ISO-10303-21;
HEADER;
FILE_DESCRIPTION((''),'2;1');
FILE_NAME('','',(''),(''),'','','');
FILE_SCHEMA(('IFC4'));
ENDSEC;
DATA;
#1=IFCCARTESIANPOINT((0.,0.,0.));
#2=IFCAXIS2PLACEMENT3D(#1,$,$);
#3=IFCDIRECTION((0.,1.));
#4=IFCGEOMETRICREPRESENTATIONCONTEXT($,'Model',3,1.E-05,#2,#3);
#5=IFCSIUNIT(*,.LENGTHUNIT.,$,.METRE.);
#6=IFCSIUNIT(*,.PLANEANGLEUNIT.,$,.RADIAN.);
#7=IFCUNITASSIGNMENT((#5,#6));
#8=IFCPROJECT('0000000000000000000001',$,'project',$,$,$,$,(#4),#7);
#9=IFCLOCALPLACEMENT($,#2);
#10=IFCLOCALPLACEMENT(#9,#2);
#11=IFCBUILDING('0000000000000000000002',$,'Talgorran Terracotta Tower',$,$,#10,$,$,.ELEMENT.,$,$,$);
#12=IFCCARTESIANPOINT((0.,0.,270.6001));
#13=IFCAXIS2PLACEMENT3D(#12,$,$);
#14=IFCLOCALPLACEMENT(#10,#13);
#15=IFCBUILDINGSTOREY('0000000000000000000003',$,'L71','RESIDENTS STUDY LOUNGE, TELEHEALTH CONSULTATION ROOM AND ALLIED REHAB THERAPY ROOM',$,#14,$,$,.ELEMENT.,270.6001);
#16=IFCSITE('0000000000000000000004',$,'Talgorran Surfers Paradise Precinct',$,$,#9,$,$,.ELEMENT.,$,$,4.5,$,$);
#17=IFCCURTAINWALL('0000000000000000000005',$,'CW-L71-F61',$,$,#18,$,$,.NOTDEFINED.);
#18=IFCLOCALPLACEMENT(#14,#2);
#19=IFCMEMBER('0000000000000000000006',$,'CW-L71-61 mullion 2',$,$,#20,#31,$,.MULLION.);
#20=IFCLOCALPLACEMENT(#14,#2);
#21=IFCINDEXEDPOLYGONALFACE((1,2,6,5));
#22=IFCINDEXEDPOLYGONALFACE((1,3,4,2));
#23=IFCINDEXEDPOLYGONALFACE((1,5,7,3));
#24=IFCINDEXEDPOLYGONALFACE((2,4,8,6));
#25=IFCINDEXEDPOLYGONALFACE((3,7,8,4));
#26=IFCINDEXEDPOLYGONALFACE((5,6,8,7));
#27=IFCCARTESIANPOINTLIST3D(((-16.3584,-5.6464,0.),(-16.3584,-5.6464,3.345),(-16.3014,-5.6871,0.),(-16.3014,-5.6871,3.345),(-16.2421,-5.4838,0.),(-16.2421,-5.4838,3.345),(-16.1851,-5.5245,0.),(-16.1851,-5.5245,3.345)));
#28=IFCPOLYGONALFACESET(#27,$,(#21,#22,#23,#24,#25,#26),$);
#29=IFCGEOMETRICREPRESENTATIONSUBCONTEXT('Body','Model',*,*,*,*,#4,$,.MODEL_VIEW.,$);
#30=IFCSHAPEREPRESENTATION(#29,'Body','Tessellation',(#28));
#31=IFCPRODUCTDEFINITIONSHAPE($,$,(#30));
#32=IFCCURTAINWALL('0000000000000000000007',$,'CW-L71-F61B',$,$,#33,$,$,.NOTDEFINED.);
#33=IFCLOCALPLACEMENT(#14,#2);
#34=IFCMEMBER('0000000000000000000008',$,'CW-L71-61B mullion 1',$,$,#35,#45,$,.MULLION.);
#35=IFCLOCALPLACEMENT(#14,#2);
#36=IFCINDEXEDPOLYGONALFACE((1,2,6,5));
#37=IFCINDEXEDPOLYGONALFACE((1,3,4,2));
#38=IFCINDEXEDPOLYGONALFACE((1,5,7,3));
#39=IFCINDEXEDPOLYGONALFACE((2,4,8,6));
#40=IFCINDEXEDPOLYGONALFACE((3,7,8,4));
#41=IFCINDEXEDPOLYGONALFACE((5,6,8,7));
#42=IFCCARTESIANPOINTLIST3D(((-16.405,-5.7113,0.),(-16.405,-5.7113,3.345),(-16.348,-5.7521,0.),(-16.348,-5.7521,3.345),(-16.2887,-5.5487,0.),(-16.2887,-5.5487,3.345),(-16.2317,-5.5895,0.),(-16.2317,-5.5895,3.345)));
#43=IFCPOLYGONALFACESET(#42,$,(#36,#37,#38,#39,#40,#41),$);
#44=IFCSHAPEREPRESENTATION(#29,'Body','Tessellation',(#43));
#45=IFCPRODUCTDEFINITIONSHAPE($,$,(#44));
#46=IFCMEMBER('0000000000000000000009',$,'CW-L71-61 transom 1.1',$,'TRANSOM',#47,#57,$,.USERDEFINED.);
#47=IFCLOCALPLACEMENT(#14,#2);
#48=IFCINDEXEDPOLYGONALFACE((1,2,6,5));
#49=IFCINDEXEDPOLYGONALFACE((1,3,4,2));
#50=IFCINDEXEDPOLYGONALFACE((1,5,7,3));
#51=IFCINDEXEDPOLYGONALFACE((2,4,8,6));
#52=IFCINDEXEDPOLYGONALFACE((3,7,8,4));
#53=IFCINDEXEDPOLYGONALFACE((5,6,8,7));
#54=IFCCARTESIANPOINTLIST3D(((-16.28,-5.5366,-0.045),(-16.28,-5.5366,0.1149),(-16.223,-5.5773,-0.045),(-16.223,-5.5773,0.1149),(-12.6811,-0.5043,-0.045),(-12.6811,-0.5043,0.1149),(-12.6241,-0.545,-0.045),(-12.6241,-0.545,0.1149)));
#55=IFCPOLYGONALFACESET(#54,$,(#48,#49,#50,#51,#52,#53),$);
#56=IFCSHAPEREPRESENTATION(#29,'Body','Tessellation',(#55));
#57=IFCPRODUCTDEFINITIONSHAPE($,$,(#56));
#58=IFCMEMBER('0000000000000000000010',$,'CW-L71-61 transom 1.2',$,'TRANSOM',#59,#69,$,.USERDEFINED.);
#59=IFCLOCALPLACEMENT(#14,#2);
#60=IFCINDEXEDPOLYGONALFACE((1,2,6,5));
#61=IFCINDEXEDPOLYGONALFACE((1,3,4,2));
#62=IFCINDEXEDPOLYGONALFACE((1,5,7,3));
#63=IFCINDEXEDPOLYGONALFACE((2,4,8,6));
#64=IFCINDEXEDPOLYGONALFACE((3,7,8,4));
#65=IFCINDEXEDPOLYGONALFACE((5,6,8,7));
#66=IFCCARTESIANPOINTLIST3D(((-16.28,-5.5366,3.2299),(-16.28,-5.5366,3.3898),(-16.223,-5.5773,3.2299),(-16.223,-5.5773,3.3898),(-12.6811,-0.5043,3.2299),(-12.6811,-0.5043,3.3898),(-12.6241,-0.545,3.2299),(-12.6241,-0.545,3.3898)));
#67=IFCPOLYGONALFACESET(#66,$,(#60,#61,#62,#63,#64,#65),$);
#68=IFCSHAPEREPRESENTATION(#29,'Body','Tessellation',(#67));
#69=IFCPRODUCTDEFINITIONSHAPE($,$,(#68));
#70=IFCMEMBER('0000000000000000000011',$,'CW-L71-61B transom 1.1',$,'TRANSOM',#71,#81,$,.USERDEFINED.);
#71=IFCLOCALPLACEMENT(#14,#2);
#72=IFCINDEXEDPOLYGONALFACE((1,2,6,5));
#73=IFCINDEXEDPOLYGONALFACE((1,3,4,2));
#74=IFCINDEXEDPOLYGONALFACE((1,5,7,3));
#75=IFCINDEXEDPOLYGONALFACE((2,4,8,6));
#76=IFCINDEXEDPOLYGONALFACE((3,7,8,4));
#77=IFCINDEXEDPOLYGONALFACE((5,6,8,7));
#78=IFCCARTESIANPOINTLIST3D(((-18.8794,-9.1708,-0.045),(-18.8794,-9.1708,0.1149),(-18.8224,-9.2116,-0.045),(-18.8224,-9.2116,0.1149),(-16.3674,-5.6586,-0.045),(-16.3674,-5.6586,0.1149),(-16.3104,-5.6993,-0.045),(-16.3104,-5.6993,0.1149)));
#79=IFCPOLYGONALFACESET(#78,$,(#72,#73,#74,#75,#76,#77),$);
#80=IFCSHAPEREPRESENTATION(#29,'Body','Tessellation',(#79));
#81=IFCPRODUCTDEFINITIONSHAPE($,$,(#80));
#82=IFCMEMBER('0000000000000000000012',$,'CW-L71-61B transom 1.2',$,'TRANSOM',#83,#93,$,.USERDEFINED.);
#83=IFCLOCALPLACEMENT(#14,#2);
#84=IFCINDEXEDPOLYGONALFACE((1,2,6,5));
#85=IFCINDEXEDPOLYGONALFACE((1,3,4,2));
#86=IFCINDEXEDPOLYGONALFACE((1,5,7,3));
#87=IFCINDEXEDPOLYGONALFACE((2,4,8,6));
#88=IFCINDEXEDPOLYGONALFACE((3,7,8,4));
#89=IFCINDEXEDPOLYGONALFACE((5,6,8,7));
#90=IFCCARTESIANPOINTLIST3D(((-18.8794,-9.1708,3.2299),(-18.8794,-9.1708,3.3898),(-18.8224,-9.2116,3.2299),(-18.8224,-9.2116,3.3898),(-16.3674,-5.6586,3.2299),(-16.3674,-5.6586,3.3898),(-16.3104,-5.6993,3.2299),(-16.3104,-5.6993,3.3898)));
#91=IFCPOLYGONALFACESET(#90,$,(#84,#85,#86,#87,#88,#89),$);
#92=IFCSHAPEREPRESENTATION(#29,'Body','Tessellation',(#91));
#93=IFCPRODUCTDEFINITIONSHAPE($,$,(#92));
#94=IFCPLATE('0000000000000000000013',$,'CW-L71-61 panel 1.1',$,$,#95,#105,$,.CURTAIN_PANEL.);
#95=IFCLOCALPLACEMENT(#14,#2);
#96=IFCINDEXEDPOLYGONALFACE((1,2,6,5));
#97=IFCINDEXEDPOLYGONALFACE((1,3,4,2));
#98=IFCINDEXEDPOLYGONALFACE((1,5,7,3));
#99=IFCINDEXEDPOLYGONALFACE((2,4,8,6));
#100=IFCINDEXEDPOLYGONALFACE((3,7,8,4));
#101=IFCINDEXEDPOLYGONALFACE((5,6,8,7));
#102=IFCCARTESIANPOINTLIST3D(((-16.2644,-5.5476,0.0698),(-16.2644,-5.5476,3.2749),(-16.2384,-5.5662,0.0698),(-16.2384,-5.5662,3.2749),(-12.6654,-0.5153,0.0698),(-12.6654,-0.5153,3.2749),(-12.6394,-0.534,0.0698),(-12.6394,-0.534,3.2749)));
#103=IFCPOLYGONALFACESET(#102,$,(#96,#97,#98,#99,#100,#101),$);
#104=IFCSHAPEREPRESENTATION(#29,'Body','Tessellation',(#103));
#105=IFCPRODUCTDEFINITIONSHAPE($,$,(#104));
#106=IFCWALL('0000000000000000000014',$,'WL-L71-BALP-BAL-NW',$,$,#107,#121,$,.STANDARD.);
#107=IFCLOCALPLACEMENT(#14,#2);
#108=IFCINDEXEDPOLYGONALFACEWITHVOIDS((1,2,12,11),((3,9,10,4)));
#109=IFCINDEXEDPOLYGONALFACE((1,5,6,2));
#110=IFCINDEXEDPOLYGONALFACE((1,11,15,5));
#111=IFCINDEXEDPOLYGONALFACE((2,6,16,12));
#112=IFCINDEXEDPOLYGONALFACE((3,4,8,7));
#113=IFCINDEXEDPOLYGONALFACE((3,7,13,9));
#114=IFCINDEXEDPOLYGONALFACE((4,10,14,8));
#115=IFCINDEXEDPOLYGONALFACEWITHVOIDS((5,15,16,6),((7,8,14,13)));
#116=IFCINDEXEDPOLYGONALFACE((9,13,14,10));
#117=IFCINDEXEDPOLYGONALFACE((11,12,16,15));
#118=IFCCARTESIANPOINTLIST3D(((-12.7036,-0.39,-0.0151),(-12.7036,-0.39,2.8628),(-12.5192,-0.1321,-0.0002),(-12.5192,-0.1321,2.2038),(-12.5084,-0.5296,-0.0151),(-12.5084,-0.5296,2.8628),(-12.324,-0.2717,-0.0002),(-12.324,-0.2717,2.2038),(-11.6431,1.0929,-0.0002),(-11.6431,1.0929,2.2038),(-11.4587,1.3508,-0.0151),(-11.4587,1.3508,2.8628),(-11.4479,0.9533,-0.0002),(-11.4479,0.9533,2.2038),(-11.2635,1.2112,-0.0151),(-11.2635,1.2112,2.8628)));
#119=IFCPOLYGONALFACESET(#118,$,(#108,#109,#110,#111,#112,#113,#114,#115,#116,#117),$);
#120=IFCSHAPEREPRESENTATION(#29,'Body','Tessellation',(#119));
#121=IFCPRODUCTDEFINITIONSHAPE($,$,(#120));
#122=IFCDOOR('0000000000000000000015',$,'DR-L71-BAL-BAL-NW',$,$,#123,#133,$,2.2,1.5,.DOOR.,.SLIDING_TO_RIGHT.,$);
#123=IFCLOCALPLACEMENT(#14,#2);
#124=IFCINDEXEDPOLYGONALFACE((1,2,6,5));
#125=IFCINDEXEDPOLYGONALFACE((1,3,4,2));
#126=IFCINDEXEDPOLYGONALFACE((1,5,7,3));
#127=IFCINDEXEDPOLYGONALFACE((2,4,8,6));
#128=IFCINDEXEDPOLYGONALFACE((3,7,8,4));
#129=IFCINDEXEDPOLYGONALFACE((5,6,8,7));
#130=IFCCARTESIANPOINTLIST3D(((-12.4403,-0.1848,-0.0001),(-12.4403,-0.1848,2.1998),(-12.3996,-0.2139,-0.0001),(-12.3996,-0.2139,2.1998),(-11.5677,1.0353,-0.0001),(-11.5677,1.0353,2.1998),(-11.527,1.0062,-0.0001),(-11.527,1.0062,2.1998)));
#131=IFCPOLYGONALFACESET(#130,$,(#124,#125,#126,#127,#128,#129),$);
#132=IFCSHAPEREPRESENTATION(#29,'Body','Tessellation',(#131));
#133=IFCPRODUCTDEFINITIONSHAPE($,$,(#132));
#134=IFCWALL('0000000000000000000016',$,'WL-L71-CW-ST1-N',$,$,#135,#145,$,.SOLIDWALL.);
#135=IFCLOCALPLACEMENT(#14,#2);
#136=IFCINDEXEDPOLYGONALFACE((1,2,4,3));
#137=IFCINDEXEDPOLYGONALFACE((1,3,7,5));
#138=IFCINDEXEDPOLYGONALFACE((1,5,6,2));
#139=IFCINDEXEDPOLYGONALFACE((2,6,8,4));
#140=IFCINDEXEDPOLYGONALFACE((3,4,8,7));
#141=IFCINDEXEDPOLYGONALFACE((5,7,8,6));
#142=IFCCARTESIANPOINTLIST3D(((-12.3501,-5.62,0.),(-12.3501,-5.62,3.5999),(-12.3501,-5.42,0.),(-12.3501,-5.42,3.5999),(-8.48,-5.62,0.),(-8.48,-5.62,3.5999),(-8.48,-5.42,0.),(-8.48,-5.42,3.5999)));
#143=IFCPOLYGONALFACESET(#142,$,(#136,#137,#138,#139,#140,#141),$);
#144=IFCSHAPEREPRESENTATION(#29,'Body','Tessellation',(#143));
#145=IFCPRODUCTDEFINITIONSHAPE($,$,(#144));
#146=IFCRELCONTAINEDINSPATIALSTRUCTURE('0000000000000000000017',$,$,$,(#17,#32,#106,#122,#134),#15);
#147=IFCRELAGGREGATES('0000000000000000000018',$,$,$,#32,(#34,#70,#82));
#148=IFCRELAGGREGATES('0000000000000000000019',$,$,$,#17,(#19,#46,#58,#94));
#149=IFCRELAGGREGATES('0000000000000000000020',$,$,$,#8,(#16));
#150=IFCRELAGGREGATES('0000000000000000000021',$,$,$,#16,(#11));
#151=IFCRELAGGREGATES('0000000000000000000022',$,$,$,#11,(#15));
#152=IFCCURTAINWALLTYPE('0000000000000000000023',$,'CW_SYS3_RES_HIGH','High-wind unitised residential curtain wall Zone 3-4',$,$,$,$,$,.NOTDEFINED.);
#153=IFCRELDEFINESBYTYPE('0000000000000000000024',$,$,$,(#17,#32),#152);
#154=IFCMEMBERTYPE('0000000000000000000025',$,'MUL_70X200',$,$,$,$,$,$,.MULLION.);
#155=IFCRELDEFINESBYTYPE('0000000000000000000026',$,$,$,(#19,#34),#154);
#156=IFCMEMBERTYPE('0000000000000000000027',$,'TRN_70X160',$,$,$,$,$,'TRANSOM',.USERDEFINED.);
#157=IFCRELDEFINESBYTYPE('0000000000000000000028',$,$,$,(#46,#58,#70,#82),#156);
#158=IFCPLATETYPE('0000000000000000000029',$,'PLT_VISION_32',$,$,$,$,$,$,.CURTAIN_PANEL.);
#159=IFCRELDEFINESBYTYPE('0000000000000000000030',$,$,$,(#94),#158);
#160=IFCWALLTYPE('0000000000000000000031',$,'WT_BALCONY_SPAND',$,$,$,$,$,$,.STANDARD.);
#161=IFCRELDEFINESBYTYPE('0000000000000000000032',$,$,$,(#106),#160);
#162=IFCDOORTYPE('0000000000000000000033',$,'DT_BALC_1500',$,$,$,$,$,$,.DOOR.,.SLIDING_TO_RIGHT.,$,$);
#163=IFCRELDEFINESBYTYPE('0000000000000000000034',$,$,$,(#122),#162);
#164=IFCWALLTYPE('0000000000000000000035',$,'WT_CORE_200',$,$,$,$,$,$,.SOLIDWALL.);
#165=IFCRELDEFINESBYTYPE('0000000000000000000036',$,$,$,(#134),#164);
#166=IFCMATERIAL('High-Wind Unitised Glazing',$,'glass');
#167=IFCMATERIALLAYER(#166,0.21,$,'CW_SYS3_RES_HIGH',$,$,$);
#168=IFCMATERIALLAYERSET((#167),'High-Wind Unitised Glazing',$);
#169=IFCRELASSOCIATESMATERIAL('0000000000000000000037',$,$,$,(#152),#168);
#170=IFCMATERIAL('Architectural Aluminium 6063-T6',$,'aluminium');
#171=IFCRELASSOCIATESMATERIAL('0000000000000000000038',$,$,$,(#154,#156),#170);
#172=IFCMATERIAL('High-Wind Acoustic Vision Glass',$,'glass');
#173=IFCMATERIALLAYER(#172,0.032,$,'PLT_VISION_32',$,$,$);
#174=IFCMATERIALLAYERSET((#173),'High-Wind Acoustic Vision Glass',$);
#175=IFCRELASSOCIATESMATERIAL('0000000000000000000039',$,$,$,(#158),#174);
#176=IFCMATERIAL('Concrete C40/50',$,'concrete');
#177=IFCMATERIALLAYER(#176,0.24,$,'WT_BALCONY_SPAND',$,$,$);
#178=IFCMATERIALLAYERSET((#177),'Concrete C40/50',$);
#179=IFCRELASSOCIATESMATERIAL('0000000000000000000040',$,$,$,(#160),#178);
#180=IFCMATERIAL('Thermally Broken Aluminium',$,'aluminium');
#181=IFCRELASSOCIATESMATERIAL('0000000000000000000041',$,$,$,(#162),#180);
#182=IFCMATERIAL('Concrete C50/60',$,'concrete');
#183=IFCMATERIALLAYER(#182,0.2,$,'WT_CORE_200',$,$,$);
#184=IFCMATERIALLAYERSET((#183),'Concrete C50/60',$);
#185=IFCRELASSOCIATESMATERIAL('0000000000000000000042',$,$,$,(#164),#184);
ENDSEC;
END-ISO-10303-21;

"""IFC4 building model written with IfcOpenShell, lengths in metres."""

from ifc_helpers import new_model, si_unit, direction, frame, frame_2d, origin, origin_2d, place, context, subcontext, project, spatial, rectangle, extrude, source, transform, mapped, material, layer, layer_set, material_profile, profile_set, type_object, type_shapes, element, fill, aggregate, save


model = new_model("IFC4")

# Units and contexts
model_context = context("Model", 3, precision=1e-05, world=origin(), true_north=direction((0.0, 1.0)))
body_context = subcontext(model_context, "Body", "Model", "MODEL_VIEW")
ifc_project = project(units=[si_unit("LENGTHUNIT", "METRE"), si_unit("PLANEANGLEUNIT", "RADIAN")], contexts=[model_context])

# Site, building, storey
site_placement = place(None, origin())
site = spatial("IfcSite", under=ifc_project, at=site_placement, Name="Talgorran Surfers Paradise Precinct", CompositionType="ELEMENT", RefElevation=4.5)
building_placement = place(site_placement, origin())
building = spatial("IfcBuilding", under=site, at=building_placement, Name="Talgorran Terracotta Tower", CompositionType="ELEMENT")
storey_placement = place(building_placement, frame((0.0, 0.0, 270.6001)))
storey = spatial("IfcBuildingStorey", under=building, at=storey_placement, Name="L71", Description="RESIDENTS STUDY LOUNGE, TELEHEALTH CONSULTATION ROOM AND ALLIED REHAB THERAPY ROOM", CompositionType="ELEMENT", Elevation=270.6001)

# Shared definitions
ifc_material_1 = material(Name="High-Wind Unitised Glazing", Category="glass")
ifc_layer_1 = layer(ifc_material_1, 0.21, Name="CW_SYS3_RES_HIGH")
ifc_layer_set_1 = layer_set([ifc_layer_1], Name="High-Wind Unitised Glazing")
curtain_wall_type = type_object("IfcCurtainWallType", Name="CW_SYS3_RES_HIGH", Description="High-wind unitised residential curtain wall Zone 3-4", PredefinedType="NOTDEFINED", material=ifc_layer_set_1)
ifc_material_2 = material(Name="Architectural Aluminium 6063-T6", Category="aluminium")
ifc_material_profile_1 = material_profile(ifc_material_2, rectangle(XDim=0.0701, YDim=0.2, at=origin_2d()), Name="CWM70X200")
ifc_profile_set_1 = profile_set([ifc_material_profile_1], Name="Architectural Aluminium 6063-T6")
member_type_1 = type_object("IfcMemberType", Name="MUL_70X200", PredefinedType="MULLION", material=ifc_profile_set_1)

# Curtain wall, member
curtain_wall_1_placement = place(storey_placement, origin())
curtain_wall_1 = element("IfcCurtainWall", 1, at=curtain_wall_1_placement, inside=storey, type_object=curtain_wall_type, Name="CW-L71-F61", PredefinedType="NOTDEFINED")
member_1_placement = place(storey_placement, frame((-16.2717, -5.5854, 0.0), z_axis=(0.0, 0.0, 1.0), x_axis=(0.813388, -0.581721, 0.0)))
member_1 = element("IfcMember", 2, at=member_1_placement, type_object=member_type_1, Name="CW-L71-61 mullion 2", PredefinedType="MULLION", context=body_context, shape_type="SweptSolid", body=[
    extrude(rectangle(XDim=0.0701, YDim=0.2, at=origin_2d()), origin(), (0.0, 0.0, 1.0), 3.345),
])

# Curtain wall, member
curtain_wall_2_placement = place(storey_placement, origin())
curtain_wall_2 = element("IfcCurtainWall", 3, at=curtain_wall_2_placement, inside=storey, type_object=curtain_wall_type, Name="CW-L71-F61B", PredefinedType="NOTDEFINED")
member_2_placement = place(storey_placement, frame((-16.3184, -5.6504, 0.0), z_axis=(0.0, 0.0, 1.0), x_axis=(0.81338, -0.581732, 0.0)))
member_2 = element("IfcMember", 4, at=member_2_placement, type_object=member_type_1, Name="CW-L71-61B mullion 1", PredefinedType="MULLION", context=body_context, shape_type="SweptSolid", body=[
    extrude(rectangle(XDim=0.0701, YDim=0.2, at=origin_2d()), origin(), (0.0, 0.0, 1.0), 3.345),
])

# Members
ifc_material_profile_2 = material_profile(ifc_material_2, rectangle(XDim=0.0701, YDim=0.1599, at=origin_2d()), Name="CWT70X160")
ifc_profile_set_2 = profile_set([ifc_material_profile_2], Name="Architectural Aluminium 6063-T6")
member_type_2 = type_object("IfcMemberType", Name="TRN_70X160", ElementType="TRANSOM", PredefinedType="USERDEFINED", material=ifc_profile_set_2)
member_3_placement = place(storey_placement, frame((-12.6526, -0.5247, 0.0349), z_axis=(-0.581712, -0.813395, 0.0), x_axis=(0.813395, -0.581712, 0.0)))
member_3 = element("IfcMember", 5, at=member_3_placement, type_object=member_type_2, Name="CW-L71-61 transom 1.1", ObjectType="TRANSOM", PredefinedType="USERDEFINED", context=body_context, shape_type="SweptSolid", body=[
    extrude(rectangle(XDim=0.0701, YDim=0.1599, at=origin_2d()), origin(), (0.0, 0.0, 1.0), 6.1868),
])
member_4_placement = place(storey_placement, frame((-12.6526, -0.5247, 3.3098), z_axis=(-0.581712, -0.813395, 0.0), x_axis=(0.813395, -0.581712, 0.0)))
member_4 = element("IfcMember", 6, at=member_4_placement, type_object=member_type_2, Name="CW-L71-61 transom 1.2", ObjectType="TRANSOM", PredefinedType="USERDEFINED", context=body_context, shape_type="SweptSolid", body=[
    extrude(rectangle(XDim=0.0701, YDim=0.1599, at=origin_2d()), origin(), (0.0, 0.0, 1.0), 6.1868),
])
member_5_placement = place(storey_placement, frame((-16.3389, -5.679, 0.0349), z_axis=(-0.581735, -0.813378, 0.0), x_axis=(0.813378, -0.581735, 0.0)))
member_5 = element("IfcMember", 7, at=member_5_placement, type_object=member_type_2, Name="CW-L71-61B transom 1.1", ObjectType="TRANSOM", PredefinedType="USERDEFINED", context=body_context, shape_type="SweptSolid", body=[
    extrude(rectangle(XDim=0.0701, YDim=0.1599, at=origin_2d()), origin(), (0.0, 0.0, 1.0), 4.3181),
])
member_6_placement = place(storey_placement, frame((-16.3389, -5.679, 3.3098), z_axis=(-0.581735, -0.813378, 0.0), x_axis=(0.813378, -0.581735, 0.0)))
member_6 = element("IfcMember", 8, at=member_6_placement, type_object=member_type_2, Name="CW-L71-61B transom 1.2", ObjectType="TRANSOM", PredefinedType="USERDEFINED", context=body_context, shape_type="SweptSolid", body=[
    extrude(rectangle(XDim=0.0701, YDim=0.1599, at=origin_2d()), origin(), (0.0, 0.0, 1.0), 4.3181),
])
aggregate(curtain_wall_2, [member_2, member_5, member_6])

# Plate
ifc_material_3 = material(Name="High-Wind Acoustic Vision Glass", Category="glass")
ifc_layer_2 = layer(ifc_material_3, 0.032, Name="PLT_VISION_32")
ifc_layer_set_2 = layer_set([ifc_layer_2], Name="High-Wind Acoustic Vision Glass")
plate_type = type_object("IfcPlateType", Name="PLT_VISION_32", PredefinedType="CURTAIN_PANEL", material=ifc_layer_set_2)
shared_shape = source(origin(), body_context, "Body", "SweptSolid", [
    extrude(rectangle(XDim=6.1868, YDim=0.032, at=origin_2d()), origin(), (0.0, 0.0, 1.0), 3.2051),
])
type_shapes(plate_type, [shared_shape])
plate_placement = place(storey_placement, frame((-14.4519, -3.0408, 0.0698), z_axis=(0.0, 0.0, 1.0), x_axis=(-0.581721, -0.813388, 0.0)))
plate = element("IfcPlate", 9, at=plate_placement, type_object=plate_type, Name="CW-L71-61 panel 1.1", PredefinedType="CURTAIN_PANEL", context=body_context, shape_type="MappedRepresentation", body=[
    mapped(shared_shape, transform((0.0, 0.0, 0.0), scale=1.0)),
])
aggregate(curtain_wall_1, [member_1, member_3, member_4, plate])

# Wall, opening, door
ifc_material_4 = material(Name="Concrete C40/50", Category="concrete")
ifc_layer_3 = layer(ifc_material_4, 0.24, Name="WT_BALCONY_SPAND")
ifc_layer_set_3 = layer_set([ifc_layer_3], Name="Concrete C40/50")
wall_type_1 = type_object("IfcWallType", Name="WT_BALCONY_SPAND", PredefinedType="STANDARD", material=ifc_layer_set_3)
wall_1_placement = place(storey_placement, frame((-11.3611, 1.281, -0.0151), z_axis=(0.0, 0.0, 1.0), x_axis=(-0.581702, -0.813402, 0.0)))
wall_1 = element("IfcWall", 10, at=wall_1_placement, inside=storey, type_object=wall_type_1, Name="WL-L71-BALP-BAL-NW", PredefinedType="STANDARD", context=body_context, shape_type="SweptSolid", body=[
    extrude(rectangle(XDim=2.1401, YDim=0.24, at=frame_2d((1.0701, 0.0))), origin(), (0.0, 0.0, 1.0), 2.8779),
])
opening_1_placement = place(wall_1_placement, frame((0.3201, 0.0, 0.0149)))
opening_1 = element("IfcOpeningElement", 11, at=opening_1_placement, cuts=wall_1, PredefinedType="OPENING", context=body_context, shape_type="SweptSolid", body=[
    extrude(rectangle(XDim=1.506, YDim=2.204, at=frame_2d((0.75, 1.1021))), frame((0.0, 0.1299, 0.0), z_axis=(0.0, -1.0, 0.0), x_axis=(1.0, 0.0, 0.0)), (0.0, 0.0, 1.0), 0.26),
])
ifc_material_5 = material(Name="Thermally Broken Aluminium", Category="aluminium")
door_type_1 = type_object("IfcDoorType", Name="DT_BALC_1500", OperationType="SLIDING_TO_RIGHT", PredefinedType="DOOR", material=ifc_material_5)
door_1_placement = place(opening_1_placement, origin())
door_1 = element("IfcDoor", 12, at=door_1_placement, inside=storey, type_object=door_type_1, Name="DR-L71-BAL-BAL-NW", OperationType="SLIDING_TO_RIGHT", OverallHeight=2.2, OverallWidth=1.5, PredefinedType="DOOR", context=body_context, shape_type="SweptSolid", body=[
    extrude(rectangle(XDim=1.5, YDim=2.2, at=frame_2d((0.75, 1.1001))), frame((0.0, 0.0249, 0.0), z_axis=(0.0, -1.0, 0.0), x_axis=(1.0, 0.0, 0.0)), (0.0, 0.0, 1.0), 0.05),
])
fill(opening_1, door_1)

# Wall
ifc_material_6 = material(Name="Concrete C50/60", Category="concrete")
ifc_layer_4 = layer(ifc_material_6, 0.2, Name="WT_CORE_200")
ifc_layer_set_4 = layer_set([ifc_layer_4], Name="Concrete C50/60")
wall_type_2 = type_object("IfcWallType", Name="WT_CORE_200", PredefinedType="SOLIDWALL", material=ifc_layer_set_4)
wall_2_placement = place(storey_placement, frame((-12.3501, -5.52, 0.0), z_axis=(0.0, 0.0, 1.0), x_axis=(1.0, 0.0, 0.0)))
element("IfcWall", 13, at=wall_2_placement, inside=storey, type_object=wall_type_2, Name="WL-L71-CW-ST1-N", PredefinedType="SOLIDWALL", context=body_context, shape_type="SweptSolid", body=[
    extrude(rectangle(XDim=3.8701, YDim=0.2, at=frame_2d((1.9351, 0.0))), origin(), (0.0, 0.0, 1.0), 3.5999),
])

save(model, "model.ifc")
